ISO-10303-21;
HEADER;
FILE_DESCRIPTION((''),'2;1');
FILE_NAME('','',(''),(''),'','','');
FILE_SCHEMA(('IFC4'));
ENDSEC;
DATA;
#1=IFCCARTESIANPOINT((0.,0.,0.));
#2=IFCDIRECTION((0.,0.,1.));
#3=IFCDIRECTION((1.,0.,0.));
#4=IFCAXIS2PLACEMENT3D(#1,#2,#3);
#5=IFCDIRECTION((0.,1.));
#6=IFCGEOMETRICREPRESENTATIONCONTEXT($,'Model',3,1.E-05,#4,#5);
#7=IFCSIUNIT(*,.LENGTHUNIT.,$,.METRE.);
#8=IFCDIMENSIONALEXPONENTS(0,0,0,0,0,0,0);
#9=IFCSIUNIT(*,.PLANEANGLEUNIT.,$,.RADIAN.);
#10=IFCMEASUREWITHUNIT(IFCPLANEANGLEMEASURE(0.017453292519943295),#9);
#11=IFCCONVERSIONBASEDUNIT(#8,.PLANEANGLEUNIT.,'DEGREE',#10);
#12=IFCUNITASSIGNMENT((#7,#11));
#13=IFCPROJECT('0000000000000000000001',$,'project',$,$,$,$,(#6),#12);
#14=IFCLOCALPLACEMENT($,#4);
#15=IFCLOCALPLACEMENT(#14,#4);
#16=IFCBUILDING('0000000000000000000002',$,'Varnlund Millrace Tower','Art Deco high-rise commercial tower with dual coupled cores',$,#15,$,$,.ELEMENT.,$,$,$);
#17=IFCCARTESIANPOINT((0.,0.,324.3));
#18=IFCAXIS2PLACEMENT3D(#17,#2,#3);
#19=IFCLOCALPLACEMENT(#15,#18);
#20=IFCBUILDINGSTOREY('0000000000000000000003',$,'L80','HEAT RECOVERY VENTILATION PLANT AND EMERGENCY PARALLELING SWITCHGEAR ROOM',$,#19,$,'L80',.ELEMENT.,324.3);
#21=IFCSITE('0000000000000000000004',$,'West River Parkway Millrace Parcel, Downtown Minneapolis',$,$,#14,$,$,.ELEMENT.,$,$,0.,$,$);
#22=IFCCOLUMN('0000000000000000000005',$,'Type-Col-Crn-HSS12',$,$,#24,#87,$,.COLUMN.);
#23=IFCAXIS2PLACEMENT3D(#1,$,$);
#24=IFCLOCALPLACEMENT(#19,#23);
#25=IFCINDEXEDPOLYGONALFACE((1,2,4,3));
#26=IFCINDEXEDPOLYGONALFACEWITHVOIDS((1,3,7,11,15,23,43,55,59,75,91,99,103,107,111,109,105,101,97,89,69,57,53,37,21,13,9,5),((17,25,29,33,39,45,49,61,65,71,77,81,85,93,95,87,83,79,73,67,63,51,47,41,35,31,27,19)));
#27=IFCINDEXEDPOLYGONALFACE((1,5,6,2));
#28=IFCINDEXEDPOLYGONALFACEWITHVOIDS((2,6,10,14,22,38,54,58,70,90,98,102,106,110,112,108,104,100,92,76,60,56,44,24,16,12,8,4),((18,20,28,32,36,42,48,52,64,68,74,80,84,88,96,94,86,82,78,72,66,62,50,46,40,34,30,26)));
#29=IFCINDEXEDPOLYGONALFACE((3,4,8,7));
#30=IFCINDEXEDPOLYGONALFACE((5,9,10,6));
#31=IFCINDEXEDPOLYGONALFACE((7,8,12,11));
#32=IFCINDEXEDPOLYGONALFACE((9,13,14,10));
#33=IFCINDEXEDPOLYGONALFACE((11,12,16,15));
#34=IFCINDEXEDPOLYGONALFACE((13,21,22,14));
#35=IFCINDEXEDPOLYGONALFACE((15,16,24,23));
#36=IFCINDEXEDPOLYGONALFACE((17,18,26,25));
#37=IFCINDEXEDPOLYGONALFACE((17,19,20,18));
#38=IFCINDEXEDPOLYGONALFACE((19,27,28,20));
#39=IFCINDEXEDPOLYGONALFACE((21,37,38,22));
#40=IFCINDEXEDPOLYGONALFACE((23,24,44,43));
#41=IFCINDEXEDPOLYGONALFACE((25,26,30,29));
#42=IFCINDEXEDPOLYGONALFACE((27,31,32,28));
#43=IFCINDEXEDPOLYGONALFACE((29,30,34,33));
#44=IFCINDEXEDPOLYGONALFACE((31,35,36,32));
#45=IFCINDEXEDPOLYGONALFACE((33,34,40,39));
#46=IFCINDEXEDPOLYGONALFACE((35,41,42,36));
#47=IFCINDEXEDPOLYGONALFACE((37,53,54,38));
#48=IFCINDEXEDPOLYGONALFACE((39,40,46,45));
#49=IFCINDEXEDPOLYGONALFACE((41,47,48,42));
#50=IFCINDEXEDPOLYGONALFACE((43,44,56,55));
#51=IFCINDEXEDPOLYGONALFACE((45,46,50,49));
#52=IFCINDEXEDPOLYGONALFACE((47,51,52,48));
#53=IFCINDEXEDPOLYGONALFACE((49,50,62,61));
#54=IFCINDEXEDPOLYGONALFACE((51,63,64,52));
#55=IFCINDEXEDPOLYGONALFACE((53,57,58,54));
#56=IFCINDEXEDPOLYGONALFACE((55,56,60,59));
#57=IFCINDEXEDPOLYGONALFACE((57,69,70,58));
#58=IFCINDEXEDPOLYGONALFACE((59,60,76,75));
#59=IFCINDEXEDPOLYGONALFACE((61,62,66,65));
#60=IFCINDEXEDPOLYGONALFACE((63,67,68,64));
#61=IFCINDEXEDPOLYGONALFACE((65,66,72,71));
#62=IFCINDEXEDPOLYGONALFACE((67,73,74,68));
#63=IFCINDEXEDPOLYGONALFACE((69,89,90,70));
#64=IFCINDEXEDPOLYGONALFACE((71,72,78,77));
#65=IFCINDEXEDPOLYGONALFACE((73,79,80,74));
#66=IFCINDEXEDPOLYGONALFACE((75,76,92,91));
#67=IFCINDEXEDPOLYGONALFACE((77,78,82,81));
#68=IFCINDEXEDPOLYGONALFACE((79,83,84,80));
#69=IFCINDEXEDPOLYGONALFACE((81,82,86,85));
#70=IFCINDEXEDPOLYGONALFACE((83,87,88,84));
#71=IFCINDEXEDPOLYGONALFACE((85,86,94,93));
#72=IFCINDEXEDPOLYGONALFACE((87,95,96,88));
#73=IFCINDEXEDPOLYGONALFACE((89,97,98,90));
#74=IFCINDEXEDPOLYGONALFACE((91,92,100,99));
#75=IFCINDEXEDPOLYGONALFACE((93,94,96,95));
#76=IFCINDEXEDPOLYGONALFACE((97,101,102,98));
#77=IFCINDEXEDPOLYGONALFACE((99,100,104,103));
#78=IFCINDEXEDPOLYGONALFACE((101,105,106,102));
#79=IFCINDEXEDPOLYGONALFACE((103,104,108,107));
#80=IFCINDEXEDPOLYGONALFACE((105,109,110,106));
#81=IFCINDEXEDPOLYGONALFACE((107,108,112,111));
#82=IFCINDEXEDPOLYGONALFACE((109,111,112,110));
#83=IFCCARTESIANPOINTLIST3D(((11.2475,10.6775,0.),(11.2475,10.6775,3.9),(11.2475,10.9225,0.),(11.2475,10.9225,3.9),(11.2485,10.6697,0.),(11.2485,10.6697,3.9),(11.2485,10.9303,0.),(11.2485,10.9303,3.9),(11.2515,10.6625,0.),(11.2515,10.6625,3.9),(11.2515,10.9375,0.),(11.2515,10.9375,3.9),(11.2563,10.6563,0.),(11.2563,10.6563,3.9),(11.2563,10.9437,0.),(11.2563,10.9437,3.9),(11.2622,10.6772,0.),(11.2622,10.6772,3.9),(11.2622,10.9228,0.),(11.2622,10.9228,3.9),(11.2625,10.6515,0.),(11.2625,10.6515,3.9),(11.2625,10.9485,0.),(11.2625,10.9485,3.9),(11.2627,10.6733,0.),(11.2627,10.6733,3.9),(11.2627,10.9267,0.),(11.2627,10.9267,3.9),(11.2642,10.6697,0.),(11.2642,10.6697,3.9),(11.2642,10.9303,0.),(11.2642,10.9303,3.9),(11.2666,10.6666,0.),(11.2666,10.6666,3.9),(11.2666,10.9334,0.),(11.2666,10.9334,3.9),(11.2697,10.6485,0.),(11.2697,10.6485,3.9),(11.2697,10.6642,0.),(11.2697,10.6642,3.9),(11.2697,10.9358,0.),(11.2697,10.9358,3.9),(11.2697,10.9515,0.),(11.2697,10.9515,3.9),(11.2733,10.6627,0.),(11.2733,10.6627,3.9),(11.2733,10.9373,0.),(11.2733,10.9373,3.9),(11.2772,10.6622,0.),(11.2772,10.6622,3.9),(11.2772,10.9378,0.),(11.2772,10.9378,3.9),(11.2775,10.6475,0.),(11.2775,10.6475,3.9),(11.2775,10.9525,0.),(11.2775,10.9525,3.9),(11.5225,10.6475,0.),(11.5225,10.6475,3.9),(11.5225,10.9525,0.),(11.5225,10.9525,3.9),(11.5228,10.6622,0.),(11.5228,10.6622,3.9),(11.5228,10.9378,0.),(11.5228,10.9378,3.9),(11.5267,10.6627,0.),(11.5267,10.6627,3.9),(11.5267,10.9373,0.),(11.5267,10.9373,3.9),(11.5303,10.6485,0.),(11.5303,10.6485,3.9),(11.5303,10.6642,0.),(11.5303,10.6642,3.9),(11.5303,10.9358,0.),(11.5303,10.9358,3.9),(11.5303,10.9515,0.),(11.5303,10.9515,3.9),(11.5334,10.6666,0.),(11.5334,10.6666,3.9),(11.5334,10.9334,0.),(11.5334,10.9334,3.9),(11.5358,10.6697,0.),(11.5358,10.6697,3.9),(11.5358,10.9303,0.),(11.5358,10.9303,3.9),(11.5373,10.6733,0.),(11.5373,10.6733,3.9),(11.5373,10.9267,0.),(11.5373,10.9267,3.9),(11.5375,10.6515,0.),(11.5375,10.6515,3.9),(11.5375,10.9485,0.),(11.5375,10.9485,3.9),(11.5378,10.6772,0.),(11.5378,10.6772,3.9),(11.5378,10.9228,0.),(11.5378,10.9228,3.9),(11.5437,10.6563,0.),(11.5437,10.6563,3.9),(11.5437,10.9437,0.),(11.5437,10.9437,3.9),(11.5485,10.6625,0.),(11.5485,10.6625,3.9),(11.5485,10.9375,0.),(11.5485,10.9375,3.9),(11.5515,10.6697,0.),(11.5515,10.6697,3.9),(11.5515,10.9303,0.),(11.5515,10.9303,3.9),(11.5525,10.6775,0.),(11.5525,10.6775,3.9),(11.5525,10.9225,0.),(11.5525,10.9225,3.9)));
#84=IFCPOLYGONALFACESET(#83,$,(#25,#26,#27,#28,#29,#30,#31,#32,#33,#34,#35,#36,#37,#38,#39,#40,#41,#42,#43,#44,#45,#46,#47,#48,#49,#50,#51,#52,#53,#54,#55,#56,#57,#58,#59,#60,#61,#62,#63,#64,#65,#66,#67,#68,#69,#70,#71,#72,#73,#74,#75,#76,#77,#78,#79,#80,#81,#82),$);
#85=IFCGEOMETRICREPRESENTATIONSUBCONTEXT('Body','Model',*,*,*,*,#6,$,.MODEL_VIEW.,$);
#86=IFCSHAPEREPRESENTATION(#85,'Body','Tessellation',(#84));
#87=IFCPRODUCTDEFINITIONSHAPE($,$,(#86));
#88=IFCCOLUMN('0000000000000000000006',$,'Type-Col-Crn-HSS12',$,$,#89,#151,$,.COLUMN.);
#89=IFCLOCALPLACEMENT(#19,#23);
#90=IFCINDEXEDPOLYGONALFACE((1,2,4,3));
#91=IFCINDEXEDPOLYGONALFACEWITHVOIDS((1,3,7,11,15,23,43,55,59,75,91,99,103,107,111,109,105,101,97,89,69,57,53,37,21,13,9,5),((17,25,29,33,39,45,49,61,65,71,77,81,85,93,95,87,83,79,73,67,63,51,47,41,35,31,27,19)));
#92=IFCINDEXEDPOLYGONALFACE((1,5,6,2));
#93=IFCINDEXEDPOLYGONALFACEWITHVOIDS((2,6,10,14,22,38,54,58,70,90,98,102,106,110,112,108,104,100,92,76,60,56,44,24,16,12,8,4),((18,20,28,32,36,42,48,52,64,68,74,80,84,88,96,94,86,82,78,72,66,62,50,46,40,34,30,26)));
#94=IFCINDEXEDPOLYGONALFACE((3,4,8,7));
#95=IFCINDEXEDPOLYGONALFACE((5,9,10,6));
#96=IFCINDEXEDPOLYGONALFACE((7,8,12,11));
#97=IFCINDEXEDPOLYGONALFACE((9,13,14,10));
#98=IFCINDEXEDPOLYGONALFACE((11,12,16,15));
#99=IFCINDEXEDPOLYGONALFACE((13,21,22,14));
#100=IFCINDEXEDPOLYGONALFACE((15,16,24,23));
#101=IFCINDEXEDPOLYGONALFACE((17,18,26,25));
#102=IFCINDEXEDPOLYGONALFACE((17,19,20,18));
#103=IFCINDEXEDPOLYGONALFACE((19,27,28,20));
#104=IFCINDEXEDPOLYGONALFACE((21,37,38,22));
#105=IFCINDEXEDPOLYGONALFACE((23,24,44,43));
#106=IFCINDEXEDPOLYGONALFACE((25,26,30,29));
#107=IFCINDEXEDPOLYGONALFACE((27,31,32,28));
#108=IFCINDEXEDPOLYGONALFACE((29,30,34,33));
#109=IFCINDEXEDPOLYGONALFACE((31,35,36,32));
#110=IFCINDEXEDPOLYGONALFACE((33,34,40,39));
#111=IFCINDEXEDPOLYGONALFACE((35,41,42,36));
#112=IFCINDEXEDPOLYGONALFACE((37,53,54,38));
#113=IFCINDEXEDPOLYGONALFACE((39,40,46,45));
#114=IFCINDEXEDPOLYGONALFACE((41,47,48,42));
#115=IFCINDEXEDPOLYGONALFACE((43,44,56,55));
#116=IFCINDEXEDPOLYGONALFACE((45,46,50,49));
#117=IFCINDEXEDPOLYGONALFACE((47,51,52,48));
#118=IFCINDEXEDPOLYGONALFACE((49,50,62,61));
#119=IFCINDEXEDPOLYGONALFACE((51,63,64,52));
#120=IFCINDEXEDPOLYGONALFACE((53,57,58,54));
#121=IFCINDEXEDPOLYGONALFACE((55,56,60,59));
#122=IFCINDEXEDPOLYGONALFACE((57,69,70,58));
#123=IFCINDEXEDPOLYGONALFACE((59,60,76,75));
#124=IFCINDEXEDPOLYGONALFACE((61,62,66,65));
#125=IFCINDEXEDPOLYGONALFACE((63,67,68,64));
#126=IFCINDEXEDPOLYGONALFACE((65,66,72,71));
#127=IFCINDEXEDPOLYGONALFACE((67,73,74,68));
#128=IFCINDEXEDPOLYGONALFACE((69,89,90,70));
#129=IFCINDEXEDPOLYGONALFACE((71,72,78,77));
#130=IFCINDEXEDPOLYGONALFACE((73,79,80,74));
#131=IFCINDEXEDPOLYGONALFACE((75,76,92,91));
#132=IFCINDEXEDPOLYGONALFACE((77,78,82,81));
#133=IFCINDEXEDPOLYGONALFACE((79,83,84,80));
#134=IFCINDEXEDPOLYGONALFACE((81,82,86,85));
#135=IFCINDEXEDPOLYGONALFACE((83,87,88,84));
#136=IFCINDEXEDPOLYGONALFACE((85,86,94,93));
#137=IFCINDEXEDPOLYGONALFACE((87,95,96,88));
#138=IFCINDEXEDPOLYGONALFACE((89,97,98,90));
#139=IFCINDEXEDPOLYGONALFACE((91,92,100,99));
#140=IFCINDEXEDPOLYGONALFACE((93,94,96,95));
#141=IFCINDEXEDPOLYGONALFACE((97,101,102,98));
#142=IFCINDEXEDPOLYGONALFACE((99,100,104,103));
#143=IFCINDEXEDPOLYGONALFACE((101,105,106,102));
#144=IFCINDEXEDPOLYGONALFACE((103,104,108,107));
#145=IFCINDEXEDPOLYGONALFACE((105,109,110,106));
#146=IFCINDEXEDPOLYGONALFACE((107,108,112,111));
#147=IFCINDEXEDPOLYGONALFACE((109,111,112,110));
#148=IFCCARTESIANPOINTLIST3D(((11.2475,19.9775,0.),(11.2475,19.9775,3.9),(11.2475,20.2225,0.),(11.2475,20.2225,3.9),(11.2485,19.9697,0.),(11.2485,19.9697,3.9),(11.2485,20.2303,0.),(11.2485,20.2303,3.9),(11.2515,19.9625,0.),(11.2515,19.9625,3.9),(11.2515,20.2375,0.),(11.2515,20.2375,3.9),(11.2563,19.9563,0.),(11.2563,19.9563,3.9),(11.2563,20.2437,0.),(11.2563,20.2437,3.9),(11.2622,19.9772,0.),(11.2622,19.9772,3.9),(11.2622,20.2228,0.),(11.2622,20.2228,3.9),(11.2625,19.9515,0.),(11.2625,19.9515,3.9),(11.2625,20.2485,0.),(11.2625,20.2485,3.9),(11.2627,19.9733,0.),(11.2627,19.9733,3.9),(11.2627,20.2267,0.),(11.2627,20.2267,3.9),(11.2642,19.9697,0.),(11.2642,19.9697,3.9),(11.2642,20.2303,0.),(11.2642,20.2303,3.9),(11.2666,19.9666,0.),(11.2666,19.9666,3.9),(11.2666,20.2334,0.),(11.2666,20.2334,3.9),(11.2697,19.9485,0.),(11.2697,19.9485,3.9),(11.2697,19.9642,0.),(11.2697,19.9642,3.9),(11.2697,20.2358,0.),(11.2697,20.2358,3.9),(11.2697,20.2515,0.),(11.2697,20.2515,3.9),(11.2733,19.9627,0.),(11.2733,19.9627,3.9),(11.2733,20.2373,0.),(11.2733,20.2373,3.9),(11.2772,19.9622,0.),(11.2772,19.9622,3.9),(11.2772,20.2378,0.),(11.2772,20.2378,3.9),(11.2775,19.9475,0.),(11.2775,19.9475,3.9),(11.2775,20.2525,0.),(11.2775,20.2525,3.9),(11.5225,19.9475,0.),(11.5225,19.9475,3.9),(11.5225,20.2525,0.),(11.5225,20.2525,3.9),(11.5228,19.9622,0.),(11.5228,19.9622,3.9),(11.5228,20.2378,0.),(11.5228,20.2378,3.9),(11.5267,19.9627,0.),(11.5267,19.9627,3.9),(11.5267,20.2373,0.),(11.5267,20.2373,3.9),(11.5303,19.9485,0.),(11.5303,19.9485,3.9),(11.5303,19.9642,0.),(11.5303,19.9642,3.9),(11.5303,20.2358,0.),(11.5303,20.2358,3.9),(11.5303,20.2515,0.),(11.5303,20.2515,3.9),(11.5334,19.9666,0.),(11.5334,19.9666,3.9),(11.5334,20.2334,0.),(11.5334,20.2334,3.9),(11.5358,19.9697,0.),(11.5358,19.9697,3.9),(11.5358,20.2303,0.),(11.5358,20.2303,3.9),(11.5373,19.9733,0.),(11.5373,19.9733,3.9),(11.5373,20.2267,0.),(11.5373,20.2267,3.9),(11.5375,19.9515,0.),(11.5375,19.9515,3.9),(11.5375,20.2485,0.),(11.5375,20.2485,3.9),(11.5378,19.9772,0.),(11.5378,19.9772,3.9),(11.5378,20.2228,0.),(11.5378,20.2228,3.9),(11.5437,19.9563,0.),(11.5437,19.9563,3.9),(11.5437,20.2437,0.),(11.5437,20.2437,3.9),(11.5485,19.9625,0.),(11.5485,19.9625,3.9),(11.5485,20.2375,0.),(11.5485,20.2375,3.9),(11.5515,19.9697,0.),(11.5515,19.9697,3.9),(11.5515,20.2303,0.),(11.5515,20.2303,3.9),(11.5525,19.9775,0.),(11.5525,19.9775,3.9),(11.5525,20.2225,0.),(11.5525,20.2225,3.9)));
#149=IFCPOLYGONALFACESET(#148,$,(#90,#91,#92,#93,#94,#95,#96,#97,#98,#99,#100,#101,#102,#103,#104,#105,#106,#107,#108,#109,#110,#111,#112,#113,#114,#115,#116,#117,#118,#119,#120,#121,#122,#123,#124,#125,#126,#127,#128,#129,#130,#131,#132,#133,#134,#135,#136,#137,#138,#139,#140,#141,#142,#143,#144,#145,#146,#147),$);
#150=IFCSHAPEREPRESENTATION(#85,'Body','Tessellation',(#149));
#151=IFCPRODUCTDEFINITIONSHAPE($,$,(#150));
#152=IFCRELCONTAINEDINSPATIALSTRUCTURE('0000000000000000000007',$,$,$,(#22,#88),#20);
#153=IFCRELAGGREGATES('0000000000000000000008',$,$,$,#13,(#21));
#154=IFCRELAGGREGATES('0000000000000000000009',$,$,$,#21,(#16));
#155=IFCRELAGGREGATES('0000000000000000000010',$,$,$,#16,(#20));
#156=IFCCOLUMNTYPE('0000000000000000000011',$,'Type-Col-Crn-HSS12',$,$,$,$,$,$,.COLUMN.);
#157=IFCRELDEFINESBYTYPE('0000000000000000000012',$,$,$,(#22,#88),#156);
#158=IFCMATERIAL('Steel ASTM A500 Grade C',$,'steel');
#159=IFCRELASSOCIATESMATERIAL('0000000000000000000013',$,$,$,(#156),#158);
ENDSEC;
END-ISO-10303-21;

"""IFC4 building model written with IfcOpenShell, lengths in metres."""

from ifc_helpers import new_model, entity, si_unit, converted_unit, direction, frame, origin_with_axes, origin_2d_with_axis, place, context, subcontext, project, spatial, hollow_rectangle, extrude, material, material_profile, profile_set, type_object, element, save


model = new_model("IFC4")

# Units and contexts
model_context = context("Model", 3, precision=1e-05, world=origin_with_axes(), true_north=direction((0.0, 1.0)))
body_context = subcontext(model_context, "Body", "Model", "MODEL_VIEW")
ifc_project = project(units=[si_unit("LENGTHUNIT", "METRE"), converted_unit("PLANEANGLEUNIT", "DEGREE", entity("IfcPlaneAngleMeasure", 0.017453292519943295), si_unit("PLANEANGLEUNIT", "RADIAN"), dimensions=[0, 0, 0, 0, 0, 0, 0])], contexts=[model_context])

# Site, building, storey
site_placement = place(None, origin_with_axes())
site = spatial("IfcSite", under=ifc_project, at=site_placement, Name="West River Parkway Millrace Parcel, Downtown Minneapolis", CompositionType="ELEMENT", RefElevation=0.0)
building_placement = place(site_placement, origin_with_axes())
building = spatial("IfcBuilding", under=site, at=building_placement, Name="Varnlund Millrace Tower", Description="Art Deco high-rise commercial tower with dual coupled cores", CompositionType="ELEMENT")
storey_placement = place(building_placement, frame((0.0, 0.0, 324.3), z_axis=(0.0, 0.0, 1.0), x_axis=(1.0, 0.0, 0.0)))
storey = spatial("IfcBuildingStorey", under=building, at=storey_placement, Name="L80", Description="HEAT RECOVERY VENTILATION PLANT AND EMERGENCY PARALLELING SWITCHGEAR ROOM", LongName="L80", CompositionType="ELEMENT", Elevation=324.3)

# Columns
ifc_material_1 = material(Name="Steel ASTM A500 Grade C", Category="steel")
ifc_material_profile_1 = material_profile(ifc_material_1, hollow_rectangle(XDim=0.305, YDim=0.305, WallThickness=0.0147, InnerFilletRadius=0.015, OuterFilletRadius=0.03, at=origin_2d_with_axis()), Name="Steel ASTM A500 Grade C")
ifc_profile_set_1 = profile_set([ifc_material_profile_1], Name="Steel ASTM A500 Grade C")
column_type = type_object("IfcColumnType", Name="Type-Col-Crn-HSS12", PredefinedType="COLUMN", material=ifc_profile_set_1)
for number, where, z_axis, x_axis, name in (
    (1, (11.4, 10.8, 0.0), (0.0, 0.0, 1.0), (1.0, 0.0, 0.0), "Type-Col-Crn-HSS12"),
    (2, (11.4, 20.1, 0.0), (0.0, 0.0, 1.0), (1.0, 0.0, 0.0), "Type-Col-Crn-HSS12"),
):
    element("IfcColumn", number, at=place(storey_placement, frame(where, z_axis=z_axis, x_axis=x_axis)), inside=storey, type_object=column_type, Name=name, PredefinedType="COLUMN", context=body_context, shape_type="SweptSolid", body=[
        extrude(hollow_rectangle(XDim=0.305, YDim=0.305, WallThickness=0.0147, InnerFilletRadius=0.015, OuterFilletRadius=0.03, at=origin_2d_with_axis()), origin_with_axes(), (0.0, 0.0, 1.0), 3.9),
    ])

save(model, "model.ifc")
